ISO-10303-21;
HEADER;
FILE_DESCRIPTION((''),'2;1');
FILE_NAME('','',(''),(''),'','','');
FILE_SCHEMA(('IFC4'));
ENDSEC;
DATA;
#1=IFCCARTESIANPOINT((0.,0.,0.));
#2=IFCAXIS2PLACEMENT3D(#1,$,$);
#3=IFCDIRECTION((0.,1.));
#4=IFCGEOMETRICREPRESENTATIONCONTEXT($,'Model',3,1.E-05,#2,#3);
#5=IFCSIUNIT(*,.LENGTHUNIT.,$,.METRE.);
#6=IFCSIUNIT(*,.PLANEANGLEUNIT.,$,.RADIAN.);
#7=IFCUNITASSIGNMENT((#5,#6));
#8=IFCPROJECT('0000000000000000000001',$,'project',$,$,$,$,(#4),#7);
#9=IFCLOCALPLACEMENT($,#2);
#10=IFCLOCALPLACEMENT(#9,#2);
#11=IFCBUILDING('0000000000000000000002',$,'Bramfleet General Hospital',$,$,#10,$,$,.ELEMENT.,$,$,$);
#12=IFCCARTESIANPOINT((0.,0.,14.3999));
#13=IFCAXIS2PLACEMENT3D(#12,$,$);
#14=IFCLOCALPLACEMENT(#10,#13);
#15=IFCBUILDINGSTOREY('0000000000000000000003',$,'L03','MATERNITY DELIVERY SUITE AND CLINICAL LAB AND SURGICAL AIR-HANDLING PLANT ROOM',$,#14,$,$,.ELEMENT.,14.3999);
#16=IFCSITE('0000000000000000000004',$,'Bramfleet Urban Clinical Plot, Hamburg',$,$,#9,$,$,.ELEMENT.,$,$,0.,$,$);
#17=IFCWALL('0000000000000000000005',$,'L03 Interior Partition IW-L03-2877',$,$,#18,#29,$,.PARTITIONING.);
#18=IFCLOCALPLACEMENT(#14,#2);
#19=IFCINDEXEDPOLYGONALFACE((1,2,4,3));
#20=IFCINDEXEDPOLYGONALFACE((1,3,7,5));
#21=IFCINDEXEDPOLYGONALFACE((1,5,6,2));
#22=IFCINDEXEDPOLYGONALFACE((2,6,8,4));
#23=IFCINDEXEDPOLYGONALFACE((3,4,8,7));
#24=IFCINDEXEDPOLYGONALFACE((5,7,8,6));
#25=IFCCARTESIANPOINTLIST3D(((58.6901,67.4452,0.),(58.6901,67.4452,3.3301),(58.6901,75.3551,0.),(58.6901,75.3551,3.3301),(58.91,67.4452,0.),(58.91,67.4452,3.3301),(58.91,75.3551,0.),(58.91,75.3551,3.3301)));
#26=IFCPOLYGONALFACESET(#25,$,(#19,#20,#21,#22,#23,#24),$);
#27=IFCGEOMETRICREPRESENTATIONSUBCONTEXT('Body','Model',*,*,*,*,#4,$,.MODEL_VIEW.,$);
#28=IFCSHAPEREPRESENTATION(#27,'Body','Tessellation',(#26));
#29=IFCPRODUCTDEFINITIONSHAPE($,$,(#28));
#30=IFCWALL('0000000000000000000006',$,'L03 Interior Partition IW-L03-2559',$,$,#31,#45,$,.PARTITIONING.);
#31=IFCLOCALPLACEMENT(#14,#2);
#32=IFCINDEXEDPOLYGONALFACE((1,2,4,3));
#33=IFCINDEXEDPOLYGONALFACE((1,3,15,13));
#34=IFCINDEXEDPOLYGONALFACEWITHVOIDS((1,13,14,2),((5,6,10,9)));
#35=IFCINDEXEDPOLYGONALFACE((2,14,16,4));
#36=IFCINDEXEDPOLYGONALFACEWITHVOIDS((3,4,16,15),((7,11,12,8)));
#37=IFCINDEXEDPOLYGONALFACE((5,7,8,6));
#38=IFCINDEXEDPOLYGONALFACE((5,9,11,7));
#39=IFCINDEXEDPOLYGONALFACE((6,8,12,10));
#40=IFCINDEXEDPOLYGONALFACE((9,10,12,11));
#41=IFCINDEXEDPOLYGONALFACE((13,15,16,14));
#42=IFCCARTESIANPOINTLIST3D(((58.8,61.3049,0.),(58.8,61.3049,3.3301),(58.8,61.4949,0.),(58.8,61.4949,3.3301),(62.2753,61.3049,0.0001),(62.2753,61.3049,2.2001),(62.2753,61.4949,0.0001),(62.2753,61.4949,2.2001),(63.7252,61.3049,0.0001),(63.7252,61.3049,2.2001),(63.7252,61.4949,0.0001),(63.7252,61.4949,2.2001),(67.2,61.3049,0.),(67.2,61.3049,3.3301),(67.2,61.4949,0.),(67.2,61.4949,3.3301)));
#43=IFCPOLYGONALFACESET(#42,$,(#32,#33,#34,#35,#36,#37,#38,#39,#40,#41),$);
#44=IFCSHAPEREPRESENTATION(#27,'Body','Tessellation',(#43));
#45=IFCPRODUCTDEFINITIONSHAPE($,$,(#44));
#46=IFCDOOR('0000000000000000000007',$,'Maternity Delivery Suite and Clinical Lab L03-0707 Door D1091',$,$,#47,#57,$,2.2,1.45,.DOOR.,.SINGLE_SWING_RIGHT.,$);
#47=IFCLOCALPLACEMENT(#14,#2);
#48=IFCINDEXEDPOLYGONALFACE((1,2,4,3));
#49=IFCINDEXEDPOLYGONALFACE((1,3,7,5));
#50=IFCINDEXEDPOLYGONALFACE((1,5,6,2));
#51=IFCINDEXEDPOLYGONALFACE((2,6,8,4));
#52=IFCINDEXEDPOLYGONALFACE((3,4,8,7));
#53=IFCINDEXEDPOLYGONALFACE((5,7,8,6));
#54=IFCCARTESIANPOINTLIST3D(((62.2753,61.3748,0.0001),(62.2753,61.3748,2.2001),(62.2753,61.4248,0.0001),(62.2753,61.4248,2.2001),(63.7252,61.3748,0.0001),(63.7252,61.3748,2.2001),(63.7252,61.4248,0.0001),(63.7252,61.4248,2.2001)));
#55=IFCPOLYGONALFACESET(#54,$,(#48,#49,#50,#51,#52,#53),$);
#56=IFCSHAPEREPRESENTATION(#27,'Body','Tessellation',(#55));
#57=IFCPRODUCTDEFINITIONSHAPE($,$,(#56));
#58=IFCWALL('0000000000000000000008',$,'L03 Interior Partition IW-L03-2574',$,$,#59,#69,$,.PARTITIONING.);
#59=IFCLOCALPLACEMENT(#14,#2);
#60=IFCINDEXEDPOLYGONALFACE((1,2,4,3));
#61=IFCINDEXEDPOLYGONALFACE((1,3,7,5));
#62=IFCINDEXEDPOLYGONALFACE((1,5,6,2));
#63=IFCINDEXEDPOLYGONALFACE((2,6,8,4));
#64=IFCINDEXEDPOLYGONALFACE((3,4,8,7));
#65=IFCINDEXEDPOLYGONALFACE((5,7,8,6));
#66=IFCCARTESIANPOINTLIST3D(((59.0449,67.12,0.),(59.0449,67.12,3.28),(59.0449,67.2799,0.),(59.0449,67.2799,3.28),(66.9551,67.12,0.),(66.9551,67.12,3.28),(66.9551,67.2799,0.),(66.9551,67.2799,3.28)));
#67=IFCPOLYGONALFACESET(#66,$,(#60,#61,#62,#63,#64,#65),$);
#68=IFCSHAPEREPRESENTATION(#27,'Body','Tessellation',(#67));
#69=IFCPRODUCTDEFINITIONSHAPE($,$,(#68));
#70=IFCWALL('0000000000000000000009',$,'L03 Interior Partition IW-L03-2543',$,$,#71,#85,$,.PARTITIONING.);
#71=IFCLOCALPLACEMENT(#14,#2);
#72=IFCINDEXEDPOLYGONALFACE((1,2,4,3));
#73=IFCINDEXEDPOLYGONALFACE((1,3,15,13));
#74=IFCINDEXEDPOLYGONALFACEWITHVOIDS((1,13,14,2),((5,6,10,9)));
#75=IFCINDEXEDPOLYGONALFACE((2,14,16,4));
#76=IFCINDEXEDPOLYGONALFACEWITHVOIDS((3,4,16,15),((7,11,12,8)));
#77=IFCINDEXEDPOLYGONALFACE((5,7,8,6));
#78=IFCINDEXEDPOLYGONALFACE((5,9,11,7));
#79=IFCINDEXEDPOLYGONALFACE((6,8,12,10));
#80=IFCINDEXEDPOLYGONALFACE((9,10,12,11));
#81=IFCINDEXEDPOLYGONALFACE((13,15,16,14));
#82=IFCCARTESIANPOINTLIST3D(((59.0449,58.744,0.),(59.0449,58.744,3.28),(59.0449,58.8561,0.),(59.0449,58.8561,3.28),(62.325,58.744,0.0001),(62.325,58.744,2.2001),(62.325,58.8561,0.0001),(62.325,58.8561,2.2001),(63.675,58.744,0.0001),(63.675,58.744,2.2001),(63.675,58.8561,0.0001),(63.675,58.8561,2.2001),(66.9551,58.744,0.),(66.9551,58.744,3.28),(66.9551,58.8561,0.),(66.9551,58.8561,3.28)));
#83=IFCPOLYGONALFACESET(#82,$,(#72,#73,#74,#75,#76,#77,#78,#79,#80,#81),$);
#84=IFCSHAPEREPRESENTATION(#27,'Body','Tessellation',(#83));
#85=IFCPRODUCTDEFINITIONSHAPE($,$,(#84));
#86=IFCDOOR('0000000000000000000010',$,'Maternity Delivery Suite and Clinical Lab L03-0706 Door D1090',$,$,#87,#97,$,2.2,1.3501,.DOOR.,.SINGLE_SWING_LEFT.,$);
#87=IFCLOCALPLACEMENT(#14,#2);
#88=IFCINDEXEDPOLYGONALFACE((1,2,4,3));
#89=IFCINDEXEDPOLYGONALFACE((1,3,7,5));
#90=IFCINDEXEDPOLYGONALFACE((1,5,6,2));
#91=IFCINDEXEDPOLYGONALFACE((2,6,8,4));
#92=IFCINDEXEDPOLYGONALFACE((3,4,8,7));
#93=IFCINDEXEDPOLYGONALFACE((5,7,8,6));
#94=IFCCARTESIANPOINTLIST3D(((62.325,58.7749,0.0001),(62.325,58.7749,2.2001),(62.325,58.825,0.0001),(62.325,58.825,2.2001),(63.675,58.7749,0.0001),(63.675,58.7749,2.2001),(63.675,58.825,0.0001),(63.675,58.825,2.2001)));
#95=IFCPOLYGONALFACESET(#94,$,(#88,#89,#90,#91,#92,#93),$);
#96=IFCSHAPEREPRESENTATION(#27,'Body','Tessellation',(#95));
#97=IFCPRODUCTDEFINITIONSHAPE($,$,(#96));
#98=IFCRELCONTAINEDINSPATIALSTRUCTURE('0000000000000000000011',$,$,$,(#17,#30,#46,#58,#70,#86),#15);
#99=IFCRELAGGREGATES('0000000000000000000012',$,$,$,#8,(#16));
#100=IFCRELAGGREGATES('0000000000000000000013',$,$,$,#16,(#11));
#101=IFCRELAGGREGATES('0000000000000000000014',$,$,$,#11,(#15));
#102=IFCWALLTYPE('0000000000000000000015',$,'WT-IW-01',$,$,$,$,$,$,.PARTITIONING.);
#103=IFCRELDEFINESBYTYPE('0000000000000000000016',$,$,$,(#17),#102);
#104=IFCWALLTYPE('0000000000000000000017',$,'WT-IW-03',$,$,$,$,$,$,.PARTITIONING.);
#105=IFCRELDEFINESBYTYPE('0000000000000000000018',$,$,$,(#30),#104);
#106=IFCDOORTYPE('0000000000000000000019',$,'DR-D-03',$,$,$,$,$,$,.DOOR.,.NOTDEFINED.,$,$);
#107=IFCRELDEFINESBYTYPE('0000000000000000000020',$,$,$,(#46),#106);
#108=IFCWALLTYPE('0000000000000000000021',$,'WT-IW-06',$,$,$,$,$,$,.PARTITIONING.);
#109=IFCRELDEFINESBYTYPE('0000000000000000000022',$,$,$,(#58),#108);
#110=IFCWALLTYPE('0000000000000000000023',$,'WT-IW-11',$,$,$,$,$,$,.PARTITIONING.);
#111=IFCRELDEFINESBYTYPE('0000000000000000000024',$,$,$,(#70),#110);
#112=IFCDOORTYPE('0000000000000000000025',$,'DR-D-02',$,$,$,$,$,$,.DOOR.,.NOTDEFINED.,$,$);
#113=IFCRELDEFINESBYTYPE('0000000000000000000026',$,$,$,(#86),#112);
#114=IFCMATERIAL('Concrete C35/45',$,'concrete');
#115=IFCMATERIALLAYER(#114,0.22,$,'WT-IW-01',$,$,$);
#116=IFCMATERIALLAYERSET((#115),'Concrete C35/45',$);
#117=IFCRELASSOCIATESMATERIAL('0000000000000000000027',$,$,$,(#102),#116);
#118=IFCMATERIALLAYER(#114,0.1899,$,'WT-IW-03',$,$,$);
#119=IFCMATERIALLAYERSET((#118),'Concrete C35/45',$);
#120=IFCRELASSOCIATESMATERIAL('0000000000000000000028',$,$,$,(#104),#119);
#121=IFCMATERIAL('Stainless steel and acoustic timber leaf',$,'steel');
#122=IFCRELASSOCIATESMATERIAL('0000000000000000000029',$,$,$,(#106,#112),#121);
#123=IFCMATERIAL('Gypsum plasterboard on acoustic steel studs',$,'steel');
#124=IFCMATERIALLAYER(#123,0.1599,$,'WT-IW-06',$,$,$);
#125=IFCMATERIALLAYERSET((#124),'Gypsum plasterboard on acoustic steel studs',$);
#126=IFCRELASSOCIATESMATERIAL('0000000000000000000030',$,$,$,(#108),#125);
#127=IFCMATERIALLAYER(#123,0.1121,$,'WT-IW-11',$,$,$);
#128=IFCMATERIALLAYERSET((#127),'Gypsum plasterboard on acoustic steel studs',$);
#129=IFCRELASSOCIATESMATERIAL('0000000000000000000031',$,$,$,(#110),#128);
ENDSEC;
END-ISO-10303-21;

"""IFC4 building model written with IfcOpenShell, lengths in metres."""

from ifc_helpers import new_model, si_unit, direction, frame, frame_2d, origin, place, context, subcontext, project, spatial, rectangle, extrude, material, layer, layer_set, type_object, element, fill, save


model = new_model("IFC4")

# Units and contexts
model_context = context("Model", 3, precision=1e-05, world=origin(), true_north=direction((0.0, 1.0)))
body_context = subcontext(model_context, "Body", "Model", "MODEL_VIEW")
ifc_project = project(units=[si_unit("LENGTHUNIT", "METRE"), si_unit("PLANEANGLEUNIT", "RADIAN")], contexts=[model_context])

# Site, building, storey
site_placement = place(None, origin())
site = spatial("IfcSite", under=ifc_project, at=site_placement, Name="Bramfleet Urban Clinical Plot, Hamburg", CompositionType="ELEMENT", RefElevation=0.0)
building_placement = place(site_placement, origin())
building = spatial("IfcBuilding", under=site, at=building_placement, Name="Bramfleet General Hospital", CompositionType="ELEMENT")
storey_placement = place(building_placement, frame((0.0, 0.0, 14.3999)))
storey = spatial("IfcBuildingStorey", under=building, at=storey_placement, Name="L03", Description="MATERNITY DELIVERY SUITE AND CLINICAL LAB AND SURGICAL AIR-HANDLING PLANT ROOM", CompositionType="ELEMENT", Elevation=14.3999)

# Shared definitions
ifc_material_1 = material(Name="Concrete C35/45", Category="concrete")

# Shared definitions
ifc_layer_1 = layer(ifc_material_1, 0.22, Name="WT-IW-01")
ifc_layer_set_1 = layer_set([ifc_layer_1], Name="Concrete C35/45")
wall_type_1 = type_object("IfcWallType", Name="WT-IW-01", PredefinedType="PARTITIONING", material=ifc_layer_set_1)
ifc_material_2 = material(Name="Stainless steel and acoustic timber leaf", Category="steel")

# Wall
wall_1_placement = place(storey_placement, frame((58.8, 67.4451, 0.0), z_axis=(0.0, 0.0, 1.0), x_axis=(0.0, 1.0, 0.0)))
element("IfcWall", 1, at=wall_1_placement, inside=storey, type_object=wall_type_1, Name="L03 Interior Partition IW-L03-2877", PredefinedType="PARTITIONING", context=body_context, shape_type="SweptSolid", body=[
    extrude(rectangle(XDim=7.9099, YDim=0.22, at=frame_2d((3.9551, 0.0))), origin(), (0.0, 0.0, 1.0), 3.3301),
])

# Wall, opening, door
ifc_layer_2 = layer(ifc_material_1, 0.1899, Name="WT-IW-03")
ifc_layer_set_2 = layer_set([ifc_layer_2], Name="Concrete C35/45")
wall_type_2 = type_object("IfcWallType", Name="WT-IW-03", PredefinedType="PARTITIONING", material=ifc_layer_set_2)
wall_2_placement = place(storey_placement, frame((58.8, 61.3999, 0.0), z_axis=(0.0, 0.0, 1.0), x_axis=(1.0, 0.0, 0.0)))
wall_2 = element("IfcWall", 2, at=wall_2_placement, inside=storey, type_object=wall_type_2, Name="L03 Interior Partition IW-L03-2559", PredefinedType="PARTITIONING", context=body_context, shape_type="SweptSolid", body=[
    extrude(rectangle(XDim=8.3999, YDim=0.1899, at=frame_2d((4.2, 0.0))), origin(), (0.0, 0.0, 1.0), 3.3301),
])
opening_1_placement = place(wall_2_placement, frame((3.4751, 0.0, 0.0)))
opening_1 = element("IfcOpeningElement", 3, at=opening_1_placement, cuts=wall_2, PredefinedType="OPENING", context=body_context, shape_type="SweptSolid", body=[
    extrude(rectangle(XDim=1.45, YDim=2.2, at=frame_2d((0.7251, 1.1001))), frame((0.0, 0.105, 0.0), z_axis=(0.0, -1.0, 0.0), x_axis=(1.0, 0.0, 0.0)), (0.0, 0.0, 1.0), 0.21),
])
door_type_1 = type_object("IfcDoorType", Name="DR-D-03", OperationType="NOTDEFINED", PredefinedType="DOOR", material=ifc_material_2)
door_1_placement = place(opening_1_placement, origin())
door_1 = element("IfcDoor", 4, at=door_1_placement, inside=storey, type_object=door_type_1, Name="Maternity Delivery Suite and Clinical Lab L03-0707 Door D1091", OperationType="SINGLE_SWING_RIGHT", OverallHeight=2.2, OverallWidth=1.45, PredefinedType="DOOR", context=body_context, shape_type="SweptSolid", body=[
    extrude(rectangle(XDim=1.45, YDim=2.2, at=frame_2d((0.7251, 1.1001))), frame((0.0, 0.0249, 0.0), z_axis=(0.0, -1.0, 0.0), x_axis=(1.0, 0.0, 0.0)), (0.0, 0.0, 1.0), 0.05),
])
fill(opening_1, door_1)

# Wall
ifc_material_3 = material(Name="Gypsum plasterboard on acoustic steel studs", Category="steel")
ifc_layer_3 = layer(ifc_material_3, 0.1599, Name="WT-IW-06")
ifc_layer_set_3 = layer_set([ifc_layer_3], Name="Gypsum plasterboard on acoustic steel studs")
wall_type_3 = type_object("IfcWallType", Name="WT-IW-06", PredefinedType="PARTITIONING", material=ifc_layer_set_3)
wall_3_placement = place(storey_placement, frame((59.0449, 67.2, 0.0), z_axis=(0.0, 0.0, 1.0), x_axis=(1.0, 0.0, 0.0)))
element("IfcWall", 5, at=wall_3_placement, inside=storey, type_object=wall_type_3, Name="L03 Interior Partition IW-L03-2574", PredefinedType="PARTITIONING", context=body_context, shape_type="SweptSolid", body=[
    extrude(rectangle(XDim=7.9102, YDim=0.1599, at=frame_2d((3.9551, 0.0))), origin(), (0.0, 0.0, 1.0), 3.28),
])

# Wall, opening, door
ifc_layer_4 = layer(ifc_material_3, 0.1121, Name="WT-IW-11")
ifc_layer_set_4 = layer_set([ifc_layer_4], Name="Gypsum plasterboard on acoustic steel studs")
wall_type_4 = type_object("IfcWallType", Name="WT-IW-11", PredefinedType="PARTITIONING", material=ifc_layer_set_4)
wall_4_placement = place(storey_placement, frame((59.0449, 58.8, 0.0), z_axis=(0.0, 0.0, 1.0), x_axis=(1.0, 0.0, 0.0)))
wall_4 = element("IfcWall", 6, at=wall_4_placement, inside=storey, type_object=wall_type_4, Name="L03 Interior Partition IW-L03-2543", PredefinedType="PARTITIONING", context=body_context, shape_type="SweptSolid", body=[
    extrude(rectangle(XDim=7.9102, YDim=0.1121, at=frame_2d((3.9551, 0.0))), origin(), (0.0, 0.0, 1.0), 3.28),
])
opening_2_placement = place(wall_4_placement, frame((3.28, 0.0, 0.0)))
opening_2 = element("IfcOpeningElement", 7, at=opening_2_placement, cuts=wall_4, PredefinedType="OPENING", context=body_context, shape_type="SweptSolid", body=[
    extrude(rectangle(XDim=1.3501, YDim=2.2, at=frame_2d((0.675, 1.1001))), frame((0.0, 0.0659, 0.0), z_axis=(0.0, -1.0, 0.0), x_axis=(1.0, 0.0, 0.0)), (0.0, 0.0, 1.0), 0.1321),
])
door_type_2 = type_object("IfcDoorType", Name="DR-D-02", OperationType="NOTDEFINED", PredefinedType="DOOR", material=ifc_material_2)
door_2_placement = place(opening_2_placement, origin())
door_2 = element("IfcDoor", 8, at=door_2_placement, inside=storey, type_object=door_type_2, Name="Maternity Delivery Suite and Clinical Lab L03-0706 Door D1090", OperationType="SINGLE_SWING_LEFT", OverallHeight=2.2, OverallWidth=1.3501, PredefinedType="DOOR", context=body_context, shape_type="SweptSolid", body=[
    extrude(rectangle(XDim=1.3501, YDim=2.2, at=frame_2d((0.675, 1.1001))), frame((0.0, 0.0249, 0.0), z_axis=(0.0, -1.0, 0.0), x_axis=(1.0, 0.0, 0.0)), (0.0, 0.0, 1.0), 0.05),
])
fill(opening_2, door_2)

save(model, "model.ifc")
